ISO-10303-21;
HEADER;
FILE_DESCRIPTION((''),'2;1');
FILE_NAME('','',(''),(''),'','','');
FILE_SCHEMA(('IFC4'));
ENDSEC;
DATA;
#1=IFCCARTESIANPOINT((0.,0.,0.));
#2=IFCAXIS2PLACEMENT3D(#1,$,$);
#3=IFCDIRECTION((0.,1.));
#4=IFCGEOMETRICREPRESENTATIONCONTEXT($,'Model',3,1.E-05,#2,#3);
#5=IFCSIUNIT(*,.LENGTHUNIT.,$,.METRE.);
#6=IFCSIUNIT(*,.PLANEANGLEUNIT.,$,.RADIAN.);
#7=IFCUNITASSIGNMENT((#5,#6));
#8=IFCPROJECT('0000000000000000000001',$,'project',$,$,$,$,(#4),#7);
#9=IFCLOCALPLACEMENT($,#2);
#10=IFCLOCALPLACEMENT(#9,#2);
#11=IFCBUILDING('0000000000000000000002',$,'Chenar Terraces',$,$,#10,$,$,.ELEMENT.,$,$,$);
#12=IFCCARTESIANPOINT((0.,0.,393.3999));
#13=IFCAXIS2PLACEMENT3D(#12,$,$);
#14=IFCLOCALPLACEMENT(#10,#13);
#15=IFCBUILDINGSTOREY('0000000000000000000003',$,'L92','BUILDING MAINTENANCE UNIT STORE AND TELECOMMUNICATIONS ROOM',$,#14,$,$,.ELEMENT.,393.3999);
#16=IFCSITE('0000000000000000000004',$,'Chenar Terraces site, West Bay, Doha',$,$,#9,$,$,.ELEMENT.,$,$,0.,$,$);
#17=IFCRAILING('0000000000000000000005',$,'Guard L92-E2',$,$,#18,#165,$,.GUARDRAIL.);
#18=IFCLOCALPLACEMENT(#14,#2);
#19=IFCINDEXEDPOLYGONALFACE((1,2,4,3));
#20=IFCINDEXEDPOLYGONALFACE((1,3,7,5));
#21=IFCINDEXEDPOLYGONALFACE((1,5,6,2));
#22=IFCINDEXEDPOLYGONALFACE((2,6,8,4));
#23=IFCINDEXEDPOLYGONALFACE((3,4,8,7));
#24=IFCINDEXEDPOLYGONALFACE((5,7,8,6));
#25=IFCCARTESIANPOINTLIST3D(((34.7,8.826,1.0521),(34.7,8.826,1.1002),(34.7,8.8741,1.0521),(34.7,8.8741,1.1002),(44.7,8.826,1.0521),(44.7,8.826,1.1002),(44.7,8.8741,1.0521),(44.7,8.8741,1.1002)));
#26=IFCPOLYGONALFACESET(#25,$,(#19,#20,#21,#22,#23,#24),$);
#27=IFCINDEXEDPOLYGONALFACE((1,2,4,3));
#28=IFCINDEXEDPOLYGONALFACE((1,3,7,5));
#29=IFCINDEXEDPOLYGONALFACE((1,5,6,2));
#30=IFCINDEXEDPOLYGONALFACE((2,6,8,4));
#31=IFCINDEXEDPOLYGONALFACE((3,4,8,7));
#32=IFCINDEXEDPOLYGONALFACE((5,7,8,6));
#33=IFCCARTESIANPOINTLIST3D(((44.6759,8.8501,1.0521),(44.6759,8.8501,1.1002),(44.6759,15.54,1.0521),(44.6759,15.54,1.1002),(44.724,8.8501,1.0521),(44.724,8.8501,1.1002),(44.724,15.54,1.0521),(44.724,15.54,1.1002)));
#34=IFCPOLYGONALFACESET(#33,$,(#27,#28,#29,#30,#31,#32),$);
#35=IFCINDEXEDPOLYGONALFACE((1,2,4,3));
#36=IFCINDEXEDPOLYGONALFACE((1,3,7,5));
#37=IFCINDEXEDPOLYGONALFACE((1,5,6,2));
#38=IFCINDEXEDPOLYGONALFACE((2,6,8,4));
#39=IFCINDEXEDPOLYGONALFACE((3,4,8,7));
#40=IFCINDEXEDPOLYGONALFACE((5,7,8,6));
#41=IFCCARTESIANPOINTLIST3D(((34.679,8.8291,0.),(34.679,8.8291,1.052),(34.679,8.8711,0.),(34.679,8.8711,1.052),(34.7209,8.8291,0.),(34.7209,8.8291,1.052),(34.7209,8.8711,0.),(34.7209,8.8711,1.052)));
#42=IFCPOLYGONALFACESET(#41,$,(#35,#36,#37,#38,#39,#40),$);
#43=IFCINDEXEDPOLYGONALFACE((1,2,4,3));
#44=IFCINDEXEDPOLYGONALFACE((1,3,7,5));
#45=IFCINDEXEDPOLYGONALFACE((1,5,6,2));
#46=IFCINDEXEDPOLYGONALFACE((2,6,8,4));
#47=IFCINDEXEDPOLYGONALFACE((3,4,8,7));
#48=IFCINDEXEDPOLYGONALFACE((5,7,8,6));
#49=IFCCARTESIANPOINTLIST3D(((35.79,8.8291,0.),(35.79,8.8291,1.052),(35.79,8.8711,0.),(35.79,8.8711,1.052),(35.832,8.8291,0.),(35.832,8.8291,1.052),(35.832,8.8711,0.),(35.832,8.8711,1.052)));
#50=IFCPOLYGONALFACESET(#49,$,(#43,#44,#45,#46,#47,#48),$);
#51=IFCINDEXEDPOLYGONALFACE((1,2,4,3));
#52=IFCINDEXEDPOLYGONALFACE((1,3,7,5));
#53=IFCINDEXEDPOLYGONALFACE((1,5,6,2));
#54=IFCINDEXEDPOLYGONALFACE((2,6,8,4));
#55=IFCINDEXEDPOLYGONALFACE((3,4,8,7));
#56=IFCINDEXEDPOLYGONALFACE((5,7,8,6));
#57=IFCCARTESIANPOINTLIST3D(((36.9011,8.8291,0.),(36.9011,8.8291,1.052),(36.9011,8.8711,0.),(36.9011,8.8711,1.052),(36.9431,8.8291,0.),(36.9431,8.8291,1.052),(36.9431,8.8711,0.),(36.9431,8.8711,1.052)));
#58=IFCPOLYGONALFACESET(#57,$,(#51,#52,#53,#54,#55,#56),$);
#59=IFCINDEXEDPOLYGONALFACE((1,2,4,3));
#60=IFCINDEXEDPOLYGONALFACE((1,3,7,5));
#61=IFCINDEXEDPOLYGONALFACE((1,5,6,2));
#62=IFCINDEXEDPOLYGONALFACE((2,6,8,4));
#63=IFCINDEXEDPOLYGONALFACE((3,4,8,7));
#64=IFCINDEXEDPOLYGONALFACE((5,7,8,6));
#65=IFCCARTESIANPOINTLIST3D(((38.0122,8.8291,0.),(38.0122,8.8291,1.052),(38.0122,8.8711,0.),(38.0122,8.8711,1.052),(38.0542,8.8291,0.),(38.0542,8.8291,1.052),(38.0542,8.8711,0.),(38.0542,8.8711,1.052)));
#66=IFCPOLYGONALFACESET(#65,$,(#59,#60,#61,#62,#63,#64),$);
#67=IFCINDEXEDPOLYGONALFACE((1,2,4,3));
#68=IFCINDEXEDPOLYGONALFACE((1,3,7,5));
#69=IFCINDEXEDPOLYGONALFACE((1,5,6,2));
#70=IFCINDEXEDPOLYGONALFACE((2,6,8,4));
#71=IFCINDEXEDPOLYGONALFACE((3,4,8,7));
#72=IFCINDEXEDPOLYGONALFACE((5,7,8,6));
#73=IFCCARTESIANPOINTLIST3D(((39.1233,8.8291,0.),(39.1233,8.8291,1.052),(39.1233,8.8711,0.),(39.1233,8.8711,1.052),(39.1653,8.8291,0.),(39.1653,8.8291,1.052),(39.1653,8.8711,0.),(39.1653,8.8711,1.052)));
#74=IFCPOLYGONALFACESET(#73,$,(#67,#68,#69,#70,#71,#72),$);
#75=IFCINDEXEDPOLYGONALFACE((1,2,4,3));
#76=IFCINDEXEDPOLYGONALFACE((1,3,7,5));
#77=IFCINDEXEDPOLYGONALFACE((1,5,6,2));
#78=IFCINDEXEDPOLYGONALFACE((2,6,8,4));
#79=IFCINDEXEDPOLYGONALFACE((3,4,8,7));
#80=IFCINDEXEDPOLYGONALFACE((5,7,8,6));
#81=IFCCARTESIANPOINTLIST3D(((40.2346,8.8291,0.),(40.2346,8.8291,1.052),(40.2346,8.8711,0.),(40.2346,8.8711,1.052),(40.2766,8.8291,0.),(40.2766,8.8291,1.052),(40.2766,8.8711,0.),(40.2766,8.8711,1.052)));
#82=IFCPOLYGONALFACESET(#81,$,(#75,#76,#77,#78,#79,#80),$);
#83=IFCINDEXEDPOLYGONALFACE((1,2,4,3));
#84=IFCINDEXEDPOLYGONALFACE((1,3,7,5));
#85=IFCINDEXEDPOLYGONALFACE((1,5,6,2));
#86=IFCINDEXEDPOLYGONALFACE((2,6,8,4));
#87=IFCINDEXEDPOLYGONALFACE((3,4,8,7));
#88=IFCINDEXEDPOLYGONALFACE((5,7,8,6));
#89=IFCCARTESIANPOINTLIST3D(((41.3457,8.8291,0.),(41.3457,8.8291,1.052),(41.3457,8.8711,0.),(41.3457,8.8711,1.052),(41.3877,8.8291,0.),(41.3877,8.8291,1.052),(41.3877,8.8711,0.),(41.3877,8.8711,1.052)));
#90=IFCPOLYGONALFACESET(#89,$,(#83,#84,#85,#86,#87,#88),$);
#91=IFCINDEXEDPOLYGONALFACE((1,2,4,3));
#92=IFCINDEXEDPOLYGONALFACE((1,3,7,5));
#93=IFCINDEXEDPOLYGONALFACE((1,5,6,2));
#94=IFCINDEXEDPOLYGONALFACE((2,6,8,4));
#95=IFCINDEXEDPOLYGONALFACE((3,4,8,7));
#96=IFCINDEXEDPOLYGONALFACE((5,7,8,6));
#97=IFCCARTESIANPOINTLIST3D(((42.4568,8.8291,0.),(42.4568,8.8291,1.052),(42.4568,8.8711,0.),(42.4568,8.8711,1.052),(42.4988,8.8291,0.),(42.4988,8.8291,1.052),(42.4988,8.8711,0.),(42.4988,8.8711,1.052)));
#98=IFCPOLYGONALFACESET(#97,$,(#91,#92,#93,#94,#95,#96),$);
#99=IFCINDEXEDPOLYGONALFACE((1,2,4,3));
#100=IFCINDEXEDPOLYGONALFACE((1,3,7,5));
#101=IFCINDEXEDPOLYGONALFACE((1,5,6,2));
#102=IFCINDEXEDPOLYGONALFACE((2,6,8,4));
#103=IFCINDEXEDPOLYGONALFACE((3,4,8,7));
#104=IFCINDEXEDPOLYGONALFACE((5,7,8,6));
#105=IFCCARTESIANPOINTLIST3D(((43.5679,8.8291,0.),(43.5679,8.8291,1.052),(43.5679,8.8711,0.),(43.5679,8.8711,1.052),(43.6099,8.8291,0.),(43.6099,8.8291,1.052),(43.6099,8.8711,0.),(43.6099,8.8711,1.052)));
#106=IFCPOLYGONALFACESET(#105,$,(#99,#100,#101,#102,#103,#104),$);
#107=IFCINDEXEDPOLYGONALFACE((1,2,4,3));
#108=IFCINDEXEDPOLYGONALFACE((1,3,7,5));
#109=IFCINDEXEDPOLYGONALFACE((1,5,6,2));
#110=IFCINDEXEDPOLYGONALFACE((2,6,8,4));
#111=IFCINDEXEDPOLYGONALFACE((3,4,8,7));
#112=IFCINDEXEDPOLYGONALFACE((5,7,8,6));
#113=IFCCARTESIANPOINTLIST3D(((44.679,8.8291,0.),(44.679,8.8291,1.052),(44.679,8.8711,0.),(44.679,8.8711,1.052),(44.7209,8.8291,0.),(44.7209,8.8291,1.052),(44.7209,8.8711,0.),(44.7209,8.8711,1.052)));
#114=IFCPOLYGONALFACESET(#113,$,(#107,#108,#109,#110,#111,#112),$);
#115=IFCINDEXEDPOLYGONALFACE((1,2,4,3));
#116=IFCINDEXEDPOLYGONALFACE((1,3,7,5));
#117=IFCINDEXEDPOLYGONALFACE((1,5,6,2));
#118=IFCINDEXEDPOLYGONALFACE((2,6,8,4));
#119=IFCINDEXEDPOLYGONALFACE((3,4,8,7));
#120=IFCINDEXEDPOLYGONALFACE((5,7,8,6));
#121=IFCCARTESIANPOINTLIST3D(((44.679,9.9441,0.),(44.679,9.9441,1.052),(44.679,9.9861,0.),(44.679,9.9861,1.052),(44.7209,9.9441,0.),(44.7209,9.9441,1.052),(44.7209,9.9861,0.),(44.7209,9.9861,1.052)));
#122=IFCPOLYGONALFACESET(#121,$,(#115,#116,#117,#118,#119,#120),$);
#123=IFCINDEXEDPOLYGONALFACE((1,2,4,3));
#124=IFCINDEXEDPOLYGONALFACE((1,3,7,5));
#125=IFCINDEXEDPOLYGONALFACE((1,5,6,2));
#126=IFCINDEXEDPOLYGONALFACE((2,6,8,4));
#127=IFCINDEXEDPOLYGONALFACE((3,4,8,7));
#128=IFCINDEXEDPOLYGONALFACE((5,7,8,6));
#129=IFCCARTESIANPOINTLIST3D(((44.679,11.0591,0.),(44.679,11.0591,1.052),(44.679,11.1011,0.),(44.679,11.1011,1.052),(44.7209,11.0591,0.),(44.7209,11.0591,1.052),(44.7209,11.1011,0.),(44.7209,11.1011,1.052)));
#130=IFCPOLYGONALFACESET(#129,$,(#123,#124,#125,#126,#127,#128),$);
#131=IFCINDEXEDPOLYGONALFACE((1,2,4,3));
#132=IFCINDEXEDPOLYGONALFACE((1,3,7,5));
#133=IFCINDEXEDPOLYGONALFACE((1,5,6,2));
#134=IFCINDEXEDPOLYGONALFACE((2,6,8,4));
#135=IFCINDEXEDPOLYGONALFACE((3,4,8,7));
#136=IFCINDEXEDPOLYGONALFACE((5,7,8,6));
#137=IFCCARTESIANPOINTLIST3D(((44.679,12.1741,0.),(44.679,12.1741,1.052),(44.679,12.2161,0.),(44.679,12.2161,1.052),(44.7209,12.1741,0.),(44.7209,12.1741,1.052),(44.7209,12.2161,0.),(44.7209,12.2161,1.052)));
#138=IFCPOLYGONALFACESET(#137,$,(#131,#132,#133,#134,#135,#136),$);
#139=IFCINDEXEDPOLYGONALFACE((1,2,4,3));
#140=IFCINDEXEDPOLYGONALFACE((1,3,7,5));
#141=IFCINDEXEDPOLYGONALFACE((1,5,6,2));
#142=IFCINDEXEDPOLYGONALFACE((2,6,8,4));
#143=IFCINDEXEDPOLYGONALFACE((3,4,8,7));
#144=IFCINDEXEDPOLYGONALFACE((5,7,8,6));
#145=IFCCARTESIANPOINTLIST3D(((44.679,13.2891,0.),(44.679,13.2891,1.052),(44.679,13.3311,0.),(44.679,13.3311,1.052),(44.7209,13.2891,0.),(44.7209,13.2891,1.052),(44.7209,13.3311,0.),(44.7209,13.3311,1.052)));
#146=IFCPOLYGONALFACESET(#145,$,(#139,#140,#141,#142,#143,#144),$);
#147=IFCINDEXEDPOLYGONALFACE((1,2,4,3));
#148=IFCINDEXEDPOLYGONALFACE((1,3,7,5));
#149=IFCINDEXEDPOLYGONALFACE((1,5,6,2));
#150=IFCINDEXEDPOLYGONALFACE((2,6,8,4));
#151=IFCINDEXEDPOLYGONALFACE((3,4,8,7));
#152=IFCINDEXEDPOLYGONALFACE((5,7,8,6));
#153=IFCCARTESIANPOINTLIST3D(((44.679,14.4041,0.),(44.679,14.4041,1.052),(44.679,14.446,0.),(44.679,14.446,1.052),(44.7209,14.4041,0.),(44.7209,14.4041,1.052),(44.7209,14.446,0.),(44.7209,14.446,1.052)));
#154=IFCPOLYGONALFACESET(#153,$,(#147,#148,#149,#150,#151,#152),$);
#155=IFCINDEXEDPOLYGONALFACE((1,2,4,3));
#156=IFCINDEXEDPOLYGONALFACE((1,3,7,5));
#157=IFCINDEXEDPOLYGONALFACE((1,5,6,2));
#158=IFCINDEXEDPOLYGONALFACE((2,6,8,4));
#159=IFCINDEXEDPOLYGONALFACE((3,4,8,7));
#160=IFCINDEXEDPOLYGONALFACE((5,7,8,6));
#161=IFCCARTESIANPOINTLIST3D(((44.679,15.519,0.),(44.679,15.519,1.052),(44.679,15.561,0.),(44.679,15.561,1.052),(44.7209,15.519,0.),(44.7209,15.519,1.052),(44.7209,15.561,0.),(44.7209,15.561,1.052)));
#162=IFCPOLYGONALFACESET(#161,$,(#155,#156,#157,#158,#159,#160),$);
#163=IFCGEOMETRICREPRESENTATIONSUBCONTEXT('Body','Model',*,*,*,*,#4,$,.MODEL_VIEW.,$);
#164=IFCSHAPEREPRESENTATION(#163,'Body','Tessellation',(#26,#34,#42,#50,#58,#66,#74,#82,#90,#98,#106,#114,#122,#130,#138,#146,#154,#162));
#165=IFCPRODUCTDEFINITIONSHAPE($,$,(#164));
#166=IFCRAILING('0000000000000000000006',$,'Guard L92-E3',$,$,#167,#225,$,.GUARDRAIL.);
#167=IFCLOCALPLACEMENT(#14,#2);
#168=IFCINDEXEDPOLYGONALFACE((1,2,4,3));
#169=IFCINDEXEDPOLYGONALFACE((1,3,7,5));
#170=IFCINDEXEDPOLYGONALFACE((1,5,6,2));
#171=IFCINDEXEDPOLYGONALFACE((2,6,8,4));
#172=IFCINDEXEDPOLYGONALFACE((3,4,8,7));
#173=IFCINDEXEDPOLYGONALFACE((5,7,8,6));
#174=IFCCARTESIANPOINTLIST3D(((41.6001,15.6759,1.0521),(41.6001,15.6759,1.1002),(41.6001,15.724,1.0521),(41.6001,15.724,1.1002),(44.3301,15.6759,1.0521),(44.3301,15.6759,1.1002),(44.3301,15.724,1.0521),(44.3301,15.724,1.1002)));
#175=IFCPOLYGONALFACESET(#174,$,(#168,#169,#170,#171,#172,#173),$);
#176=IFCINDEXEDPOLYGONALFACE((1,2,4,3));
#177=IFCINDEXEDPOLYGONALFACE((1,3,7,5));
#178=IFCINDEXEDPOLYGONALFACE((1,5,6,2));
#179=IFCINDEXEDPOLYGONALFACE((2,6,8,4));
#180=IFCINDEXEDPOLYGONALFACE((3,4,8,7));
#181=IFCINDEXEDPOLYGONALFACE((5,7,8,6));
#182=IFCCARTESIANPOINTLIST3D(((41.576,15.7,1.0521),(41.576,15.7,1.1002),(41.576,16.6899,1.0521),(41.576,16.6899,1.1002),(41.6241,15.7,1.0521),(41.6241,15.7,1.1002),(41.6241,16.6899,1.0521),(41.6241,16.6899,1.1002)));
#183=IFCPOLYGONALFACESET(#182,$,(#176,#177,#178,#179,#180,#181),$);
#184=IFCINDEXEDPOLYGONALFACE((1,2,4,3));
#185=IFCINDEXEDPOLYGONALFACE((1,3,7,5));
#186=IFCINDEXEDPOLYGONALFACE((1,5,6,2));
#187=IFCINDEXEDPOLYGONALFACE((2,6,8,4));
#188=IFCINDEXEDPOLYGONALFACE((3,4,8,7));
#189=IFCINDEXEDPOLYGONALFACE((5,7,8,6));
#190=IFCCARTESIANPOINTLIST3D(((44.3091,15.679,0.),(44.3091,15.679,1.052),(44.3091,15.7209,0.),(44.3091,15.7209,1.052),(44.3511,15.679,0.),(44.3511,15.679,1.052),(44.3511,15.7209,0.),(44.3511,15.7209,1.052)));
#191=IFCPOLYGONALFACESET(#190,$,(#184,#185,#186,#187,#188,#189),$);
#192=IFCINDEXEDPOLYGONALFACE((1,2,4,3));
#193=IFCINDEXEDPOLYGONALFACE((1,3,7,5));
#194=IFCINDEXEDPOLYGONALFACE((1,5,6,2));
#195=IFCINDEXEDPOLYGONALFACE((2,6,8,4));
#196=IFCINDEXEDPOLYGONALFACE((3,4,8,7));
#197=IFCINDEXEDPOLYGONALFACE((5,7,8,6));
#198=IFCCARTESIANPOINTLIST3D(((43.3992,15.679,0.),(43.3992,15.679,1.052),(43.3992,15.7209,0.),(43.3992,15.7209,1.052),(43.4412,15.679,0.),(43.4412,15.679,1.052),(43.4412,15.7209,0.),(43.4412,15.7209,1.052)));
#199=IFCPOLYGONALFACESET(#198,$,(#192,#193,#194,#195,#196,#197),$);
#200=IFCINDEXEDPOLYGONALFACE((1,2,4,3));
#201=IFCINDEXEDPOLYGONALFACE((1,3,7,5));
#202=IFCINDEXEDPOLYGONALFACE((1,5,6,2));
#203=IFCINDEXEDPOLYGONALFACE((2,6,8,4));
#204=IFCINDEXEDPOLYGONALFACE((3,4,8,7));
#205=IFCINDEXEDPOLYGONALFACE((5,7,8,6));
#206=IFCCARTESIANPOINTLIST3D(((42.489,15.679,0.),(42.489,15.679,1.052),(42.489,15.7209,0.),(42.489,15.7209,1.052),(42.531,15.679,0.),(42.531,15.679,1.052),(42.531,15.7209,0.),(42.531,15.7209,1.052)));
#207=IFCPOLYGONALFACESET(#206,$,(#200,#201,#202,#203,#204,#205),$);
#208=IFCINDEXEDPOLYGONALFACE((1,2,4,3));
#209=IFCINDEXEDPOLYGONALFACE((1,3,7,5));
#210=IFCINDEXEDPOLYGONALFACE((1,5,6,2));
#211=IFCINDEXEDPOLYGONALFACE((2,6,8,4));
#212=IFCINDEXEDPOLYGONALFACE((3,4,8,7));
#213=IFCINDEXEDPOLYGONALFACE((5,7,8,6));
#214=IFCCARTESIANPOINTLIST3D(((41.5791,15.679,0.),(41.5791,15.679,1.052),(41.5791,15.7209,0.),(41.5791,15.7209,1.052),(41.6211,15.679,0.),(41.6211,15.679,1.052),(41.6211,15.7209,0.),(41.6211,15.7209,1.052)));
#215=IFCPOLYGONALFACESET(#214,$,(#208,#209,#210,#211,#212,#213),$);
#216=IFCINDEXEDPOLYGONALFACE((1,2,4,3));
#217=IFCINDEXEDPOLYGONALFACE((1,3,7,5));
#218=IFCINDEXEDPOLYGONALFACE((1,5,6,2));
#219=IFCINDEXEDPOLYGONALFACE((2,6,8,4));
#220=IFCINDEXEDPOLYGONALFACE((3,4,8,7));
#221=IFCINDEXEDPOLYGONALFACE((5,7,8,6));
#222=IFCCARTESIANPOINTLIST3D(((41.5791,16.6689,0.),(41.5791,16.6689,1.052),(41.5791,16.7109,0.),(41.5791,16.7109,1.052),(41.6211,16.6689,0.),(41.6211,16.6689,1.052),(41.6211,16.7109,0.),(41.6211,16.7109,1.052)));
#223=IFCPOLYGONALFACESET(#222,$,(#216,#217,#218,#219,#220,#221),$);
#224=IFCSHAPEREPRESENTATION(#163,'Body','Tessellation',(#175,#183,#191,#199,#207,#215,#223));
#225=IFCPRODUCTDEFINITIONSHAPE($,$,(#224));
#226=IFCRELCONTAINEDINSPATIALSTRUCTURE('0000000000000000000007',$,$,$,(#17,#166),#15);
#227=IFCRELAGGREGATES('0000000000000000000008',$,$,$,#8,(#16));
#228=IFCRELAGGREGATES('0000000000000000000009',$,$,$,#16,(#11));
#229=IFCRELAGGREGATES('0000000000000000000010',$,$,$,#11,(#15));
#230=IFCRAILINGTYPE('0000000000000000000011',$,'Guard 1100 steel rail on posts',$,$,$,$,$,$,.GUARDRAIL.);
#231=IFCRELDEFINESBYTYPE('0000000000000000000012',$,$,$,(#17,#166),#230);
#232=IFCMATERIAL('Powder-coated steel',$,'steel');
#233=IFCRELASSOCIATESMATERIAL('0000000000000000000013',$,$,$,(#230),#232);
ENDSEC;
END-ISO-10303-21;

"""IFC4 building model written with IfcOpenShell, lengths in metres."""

from ifc_helpers import new_model, si_unit, direction, frame, origin, origin_2d, place, context, subcontext, project, spatial, rectangle, extrude, material, type_object, element, save


model = new_model("IFC4")

# Units and contexts
model_context = context("Model", 3, precision=1e-05, world=origin(), true_north=direction((0.0, 1.0)))
body_context = subcontext(model_context, "Body", "Model", "MODEL_VIEW")
ifc_project = project(units=[si_unit("LENGTHUNIT", "METRE"), si_unit("PLANEANGLEUNIT", "RADIAN")], contexts=[model_context])

# Site, building, storey
site_placement = place(None, origin())
site = spatial("IfcSite", under=ifc_project, at=site_placement, Name="Chenar Terraces site, West Bay, Doha", CompositionType="ELEMENT", RefElevation=0.0)
building_placement = place(site_placement, origin())
building = spatial("IfcBuilding", under=site, at=building_placement, Name="Chenar Terraces", CompositionType="ELEMENT")
storey_placement = place(building_placement, frame((0.0, 0.0, 393.3999)))
storey = spatial("IfcBuildingStorey", under=building, at=storey_placement, Name="L92", Description="BUILDING MAINTENANCE UNIT STORE AND TELECOMMUNICATIONS ROOM", CompositionType="ELEMENT", Elevation=393.3999)

# Railings
ifc_material_1 = material(Name="Powder-coated steel", Category="steel")
railing_type = type_object("IfcRailingType", Name="Guard 1100 steel rail on posts", PredefinedType="GUARDRAIL", material=ifc_material_1)
railing_1_placement = place(storey_placement, frame((34.7, 8.8501, 0.0)))
element("IfcRailing", 1, at=railing_1_placement, inside=storey, type_object=railing_type, Name="Guard L92-E2", PredefinedType="GUARDRAIL", context=body_context, shape_type="SweptSolid", body=[
    extrude(rectangle(XDim=0.0481, YDim=0.0481, at=origin_2d()), frame((0.0, 0.0, 1.0762), z_axis=(1.0, 0.0, 0.0), x_axis=(0.0, 1.0, 0.0)), (0.0, 0.0, 1.0), 10.0),
    extrude(rectangle(XDim=0.0481, YDim=0.0481, at=origin_2d()), frame((10.0, 0.0, 1.0762), z_axis=(0.0, 1.0, 0.0), x_axis=(-1.0, 0.0, 0.0)), (0.0, 0.0, 1.0), 6.6899),
    extrude(rectangle(XDim=0.042, YDim=0.042, at=origin_2d()), origin(), (0.0, 0.0, 1.0), 1.052),
    extrude(rectangle(XDim=0.042, YDim=0.042, at=origin_2d()), frame((1.1111, 0.0, 0.0)), (0.0, 0.0, 1.0), 1.052),
    extrude(rectangle(XDim=0.042, YDim=0.042, at=origin_2d()), frame((2.2222, 0.0, 0.0)), (0.0, 0.0, 1.0), 1.052),
    extrude(rectangle(XDim=0.042, YDim=0.042, at=origin_2d()), frame((3.3333, 0.0, 0.0)), (0.0, 0.0, 1.0), 1.052),
    extrude(rectangle(XDim=0.042, YDim=0.042, at=origin_2d()), frame((4.4443, 0.0, 0.0)), (0.0, 0.0, 1.0), 1.052),
    extrude(rectangle(XDim=0.042, YDim=0.042, at=origin_2d()), frame((5.5557, 0.0, 0.0)), (0.0, 0.0, 1.0), 1.052),
    extrude(rectangle(XDim=0.042, YDim=0.042, at=origin_2d()), frame((6.6667, 0.0, 0.0)), (0.0, 0.0, 1.0), 1.052),
    extrude(rectangle(XDim=0.042, YDim=0.042, at=origin_2d()), frame((7.7778, 0.0, 0.0)), (0.0, 0.0, 1.0), 1.052),
    extrude(rectangle(XDim=0.042, YDim=0.042, at=origin_2d()), frame((8.8889, 0.0, 0.0)), (0.0, 0.0, 1.0), 1.052),
    extrude(rectangle(XDim=0.042, YDim=0.042, at=origin_2d()), frame((10.0, 0.0, 0.0)), (0.0, 0.0, 1.0), 1.052),
    extrude(rectangle(XDim=0.042, YDim=0.042, at=origin_2d()), frame((10.0, 1.115, 0.0)), (0.0, 0.0, 1.0), 1.052),
    extrude(rectangle(XDim=0.042, YDim=0.042, at=origin_2d()), frame((10.0, 2.23, 0.0)), (0.0, 0.0, 1.0), 1.052),
    extrude(rectangle(XDim=0.042, YDim=0.042, at=origin_2d()), frame((10.0, 3.345, 0.0)), (0.0, 0.0, 1.0), 1.052),
    extrude(rectangle(XDim=0.042, YDim=0.042, at=origin_2d()), frame((10.0, 4.46, 0.0)), (0.0, 0.0, 1.0), 1.052),
    extrude(rectangle(XDim=0.042, YDim=0.042, at=origin_2d()), frame((10.0, 5.575, 0.0)), (0.0, 0.0, 1.0), 1.052),
    extrude(rectangle(XDim=0.042, YDim=0.042, at=origin_2d()), frame((10.0, 6.6899, 0.0)), (0.0, 0.0, 1.0), 1.052),
])
railing_2_placement = place(storey_placement, frame((44.3301, 15.7, 0.0)))
element("IfcRailing", 2, at=railing_2_placement, inside=storey, type_object=railing_type, Name="Guard L92-E3", PredefinedType="GUARDRAIL", context=body_context, shape_type="SweptSolid", body=[
    extrude(rectangle(XDim=0.0481, YDim=0.0481, at=origin_2d()), frame((0.0, 0.0, 1.0762), z_axis=(-1.0, 0.0, 0.0), x_axis=(0.0, -1.0, 0.0)), (0.0, 0.0, 1.0), 2.73),
    extrude(rectangle(XDim=0.0481, YDim=0.0481, at=origin_2d()), frame((-2.73, 0.0, 1.0762), z_axis=(0.0, 1.0, 0.0), x_axis=(-1.0, 0.0, 0.0)), (0.0, 0.0, 1.0), 0.99),
    extrude(rectangle(XDim=0.042, YDim=0.042, at=origin_2d()), origin(), (0.0, 0.0, 1.0), 1.052),
    extrude(rectangle(XDim=0.042, YDim=0.042, at=origin_2d()), frame((-0.9099, 0.0, 0.0)), (0.0, 0.0, 1.0), 1.052),
    extrude(rectangle(XDim=0.042, YDim=0.042, at=origin_2d()), frame((-1.8201, 0.0, 0.0)), (0.0, 0.0, 1.0), 1.052),
    extrude(rectangle(XDim=0.042, YDim=0.042, at=origin_2d()), frame((-2.73, 0.0, 0.0)), (0.0, 0.0, 1.0), 1.052),
    extrude(rectangle(XDim=0.042, YDim=0.042, at=origin_2d()), frame((-2.73, 0.99, 0.0)), (0.0, 0.0, 1.0), 1.052),
])

save(model, "model.ifc")
